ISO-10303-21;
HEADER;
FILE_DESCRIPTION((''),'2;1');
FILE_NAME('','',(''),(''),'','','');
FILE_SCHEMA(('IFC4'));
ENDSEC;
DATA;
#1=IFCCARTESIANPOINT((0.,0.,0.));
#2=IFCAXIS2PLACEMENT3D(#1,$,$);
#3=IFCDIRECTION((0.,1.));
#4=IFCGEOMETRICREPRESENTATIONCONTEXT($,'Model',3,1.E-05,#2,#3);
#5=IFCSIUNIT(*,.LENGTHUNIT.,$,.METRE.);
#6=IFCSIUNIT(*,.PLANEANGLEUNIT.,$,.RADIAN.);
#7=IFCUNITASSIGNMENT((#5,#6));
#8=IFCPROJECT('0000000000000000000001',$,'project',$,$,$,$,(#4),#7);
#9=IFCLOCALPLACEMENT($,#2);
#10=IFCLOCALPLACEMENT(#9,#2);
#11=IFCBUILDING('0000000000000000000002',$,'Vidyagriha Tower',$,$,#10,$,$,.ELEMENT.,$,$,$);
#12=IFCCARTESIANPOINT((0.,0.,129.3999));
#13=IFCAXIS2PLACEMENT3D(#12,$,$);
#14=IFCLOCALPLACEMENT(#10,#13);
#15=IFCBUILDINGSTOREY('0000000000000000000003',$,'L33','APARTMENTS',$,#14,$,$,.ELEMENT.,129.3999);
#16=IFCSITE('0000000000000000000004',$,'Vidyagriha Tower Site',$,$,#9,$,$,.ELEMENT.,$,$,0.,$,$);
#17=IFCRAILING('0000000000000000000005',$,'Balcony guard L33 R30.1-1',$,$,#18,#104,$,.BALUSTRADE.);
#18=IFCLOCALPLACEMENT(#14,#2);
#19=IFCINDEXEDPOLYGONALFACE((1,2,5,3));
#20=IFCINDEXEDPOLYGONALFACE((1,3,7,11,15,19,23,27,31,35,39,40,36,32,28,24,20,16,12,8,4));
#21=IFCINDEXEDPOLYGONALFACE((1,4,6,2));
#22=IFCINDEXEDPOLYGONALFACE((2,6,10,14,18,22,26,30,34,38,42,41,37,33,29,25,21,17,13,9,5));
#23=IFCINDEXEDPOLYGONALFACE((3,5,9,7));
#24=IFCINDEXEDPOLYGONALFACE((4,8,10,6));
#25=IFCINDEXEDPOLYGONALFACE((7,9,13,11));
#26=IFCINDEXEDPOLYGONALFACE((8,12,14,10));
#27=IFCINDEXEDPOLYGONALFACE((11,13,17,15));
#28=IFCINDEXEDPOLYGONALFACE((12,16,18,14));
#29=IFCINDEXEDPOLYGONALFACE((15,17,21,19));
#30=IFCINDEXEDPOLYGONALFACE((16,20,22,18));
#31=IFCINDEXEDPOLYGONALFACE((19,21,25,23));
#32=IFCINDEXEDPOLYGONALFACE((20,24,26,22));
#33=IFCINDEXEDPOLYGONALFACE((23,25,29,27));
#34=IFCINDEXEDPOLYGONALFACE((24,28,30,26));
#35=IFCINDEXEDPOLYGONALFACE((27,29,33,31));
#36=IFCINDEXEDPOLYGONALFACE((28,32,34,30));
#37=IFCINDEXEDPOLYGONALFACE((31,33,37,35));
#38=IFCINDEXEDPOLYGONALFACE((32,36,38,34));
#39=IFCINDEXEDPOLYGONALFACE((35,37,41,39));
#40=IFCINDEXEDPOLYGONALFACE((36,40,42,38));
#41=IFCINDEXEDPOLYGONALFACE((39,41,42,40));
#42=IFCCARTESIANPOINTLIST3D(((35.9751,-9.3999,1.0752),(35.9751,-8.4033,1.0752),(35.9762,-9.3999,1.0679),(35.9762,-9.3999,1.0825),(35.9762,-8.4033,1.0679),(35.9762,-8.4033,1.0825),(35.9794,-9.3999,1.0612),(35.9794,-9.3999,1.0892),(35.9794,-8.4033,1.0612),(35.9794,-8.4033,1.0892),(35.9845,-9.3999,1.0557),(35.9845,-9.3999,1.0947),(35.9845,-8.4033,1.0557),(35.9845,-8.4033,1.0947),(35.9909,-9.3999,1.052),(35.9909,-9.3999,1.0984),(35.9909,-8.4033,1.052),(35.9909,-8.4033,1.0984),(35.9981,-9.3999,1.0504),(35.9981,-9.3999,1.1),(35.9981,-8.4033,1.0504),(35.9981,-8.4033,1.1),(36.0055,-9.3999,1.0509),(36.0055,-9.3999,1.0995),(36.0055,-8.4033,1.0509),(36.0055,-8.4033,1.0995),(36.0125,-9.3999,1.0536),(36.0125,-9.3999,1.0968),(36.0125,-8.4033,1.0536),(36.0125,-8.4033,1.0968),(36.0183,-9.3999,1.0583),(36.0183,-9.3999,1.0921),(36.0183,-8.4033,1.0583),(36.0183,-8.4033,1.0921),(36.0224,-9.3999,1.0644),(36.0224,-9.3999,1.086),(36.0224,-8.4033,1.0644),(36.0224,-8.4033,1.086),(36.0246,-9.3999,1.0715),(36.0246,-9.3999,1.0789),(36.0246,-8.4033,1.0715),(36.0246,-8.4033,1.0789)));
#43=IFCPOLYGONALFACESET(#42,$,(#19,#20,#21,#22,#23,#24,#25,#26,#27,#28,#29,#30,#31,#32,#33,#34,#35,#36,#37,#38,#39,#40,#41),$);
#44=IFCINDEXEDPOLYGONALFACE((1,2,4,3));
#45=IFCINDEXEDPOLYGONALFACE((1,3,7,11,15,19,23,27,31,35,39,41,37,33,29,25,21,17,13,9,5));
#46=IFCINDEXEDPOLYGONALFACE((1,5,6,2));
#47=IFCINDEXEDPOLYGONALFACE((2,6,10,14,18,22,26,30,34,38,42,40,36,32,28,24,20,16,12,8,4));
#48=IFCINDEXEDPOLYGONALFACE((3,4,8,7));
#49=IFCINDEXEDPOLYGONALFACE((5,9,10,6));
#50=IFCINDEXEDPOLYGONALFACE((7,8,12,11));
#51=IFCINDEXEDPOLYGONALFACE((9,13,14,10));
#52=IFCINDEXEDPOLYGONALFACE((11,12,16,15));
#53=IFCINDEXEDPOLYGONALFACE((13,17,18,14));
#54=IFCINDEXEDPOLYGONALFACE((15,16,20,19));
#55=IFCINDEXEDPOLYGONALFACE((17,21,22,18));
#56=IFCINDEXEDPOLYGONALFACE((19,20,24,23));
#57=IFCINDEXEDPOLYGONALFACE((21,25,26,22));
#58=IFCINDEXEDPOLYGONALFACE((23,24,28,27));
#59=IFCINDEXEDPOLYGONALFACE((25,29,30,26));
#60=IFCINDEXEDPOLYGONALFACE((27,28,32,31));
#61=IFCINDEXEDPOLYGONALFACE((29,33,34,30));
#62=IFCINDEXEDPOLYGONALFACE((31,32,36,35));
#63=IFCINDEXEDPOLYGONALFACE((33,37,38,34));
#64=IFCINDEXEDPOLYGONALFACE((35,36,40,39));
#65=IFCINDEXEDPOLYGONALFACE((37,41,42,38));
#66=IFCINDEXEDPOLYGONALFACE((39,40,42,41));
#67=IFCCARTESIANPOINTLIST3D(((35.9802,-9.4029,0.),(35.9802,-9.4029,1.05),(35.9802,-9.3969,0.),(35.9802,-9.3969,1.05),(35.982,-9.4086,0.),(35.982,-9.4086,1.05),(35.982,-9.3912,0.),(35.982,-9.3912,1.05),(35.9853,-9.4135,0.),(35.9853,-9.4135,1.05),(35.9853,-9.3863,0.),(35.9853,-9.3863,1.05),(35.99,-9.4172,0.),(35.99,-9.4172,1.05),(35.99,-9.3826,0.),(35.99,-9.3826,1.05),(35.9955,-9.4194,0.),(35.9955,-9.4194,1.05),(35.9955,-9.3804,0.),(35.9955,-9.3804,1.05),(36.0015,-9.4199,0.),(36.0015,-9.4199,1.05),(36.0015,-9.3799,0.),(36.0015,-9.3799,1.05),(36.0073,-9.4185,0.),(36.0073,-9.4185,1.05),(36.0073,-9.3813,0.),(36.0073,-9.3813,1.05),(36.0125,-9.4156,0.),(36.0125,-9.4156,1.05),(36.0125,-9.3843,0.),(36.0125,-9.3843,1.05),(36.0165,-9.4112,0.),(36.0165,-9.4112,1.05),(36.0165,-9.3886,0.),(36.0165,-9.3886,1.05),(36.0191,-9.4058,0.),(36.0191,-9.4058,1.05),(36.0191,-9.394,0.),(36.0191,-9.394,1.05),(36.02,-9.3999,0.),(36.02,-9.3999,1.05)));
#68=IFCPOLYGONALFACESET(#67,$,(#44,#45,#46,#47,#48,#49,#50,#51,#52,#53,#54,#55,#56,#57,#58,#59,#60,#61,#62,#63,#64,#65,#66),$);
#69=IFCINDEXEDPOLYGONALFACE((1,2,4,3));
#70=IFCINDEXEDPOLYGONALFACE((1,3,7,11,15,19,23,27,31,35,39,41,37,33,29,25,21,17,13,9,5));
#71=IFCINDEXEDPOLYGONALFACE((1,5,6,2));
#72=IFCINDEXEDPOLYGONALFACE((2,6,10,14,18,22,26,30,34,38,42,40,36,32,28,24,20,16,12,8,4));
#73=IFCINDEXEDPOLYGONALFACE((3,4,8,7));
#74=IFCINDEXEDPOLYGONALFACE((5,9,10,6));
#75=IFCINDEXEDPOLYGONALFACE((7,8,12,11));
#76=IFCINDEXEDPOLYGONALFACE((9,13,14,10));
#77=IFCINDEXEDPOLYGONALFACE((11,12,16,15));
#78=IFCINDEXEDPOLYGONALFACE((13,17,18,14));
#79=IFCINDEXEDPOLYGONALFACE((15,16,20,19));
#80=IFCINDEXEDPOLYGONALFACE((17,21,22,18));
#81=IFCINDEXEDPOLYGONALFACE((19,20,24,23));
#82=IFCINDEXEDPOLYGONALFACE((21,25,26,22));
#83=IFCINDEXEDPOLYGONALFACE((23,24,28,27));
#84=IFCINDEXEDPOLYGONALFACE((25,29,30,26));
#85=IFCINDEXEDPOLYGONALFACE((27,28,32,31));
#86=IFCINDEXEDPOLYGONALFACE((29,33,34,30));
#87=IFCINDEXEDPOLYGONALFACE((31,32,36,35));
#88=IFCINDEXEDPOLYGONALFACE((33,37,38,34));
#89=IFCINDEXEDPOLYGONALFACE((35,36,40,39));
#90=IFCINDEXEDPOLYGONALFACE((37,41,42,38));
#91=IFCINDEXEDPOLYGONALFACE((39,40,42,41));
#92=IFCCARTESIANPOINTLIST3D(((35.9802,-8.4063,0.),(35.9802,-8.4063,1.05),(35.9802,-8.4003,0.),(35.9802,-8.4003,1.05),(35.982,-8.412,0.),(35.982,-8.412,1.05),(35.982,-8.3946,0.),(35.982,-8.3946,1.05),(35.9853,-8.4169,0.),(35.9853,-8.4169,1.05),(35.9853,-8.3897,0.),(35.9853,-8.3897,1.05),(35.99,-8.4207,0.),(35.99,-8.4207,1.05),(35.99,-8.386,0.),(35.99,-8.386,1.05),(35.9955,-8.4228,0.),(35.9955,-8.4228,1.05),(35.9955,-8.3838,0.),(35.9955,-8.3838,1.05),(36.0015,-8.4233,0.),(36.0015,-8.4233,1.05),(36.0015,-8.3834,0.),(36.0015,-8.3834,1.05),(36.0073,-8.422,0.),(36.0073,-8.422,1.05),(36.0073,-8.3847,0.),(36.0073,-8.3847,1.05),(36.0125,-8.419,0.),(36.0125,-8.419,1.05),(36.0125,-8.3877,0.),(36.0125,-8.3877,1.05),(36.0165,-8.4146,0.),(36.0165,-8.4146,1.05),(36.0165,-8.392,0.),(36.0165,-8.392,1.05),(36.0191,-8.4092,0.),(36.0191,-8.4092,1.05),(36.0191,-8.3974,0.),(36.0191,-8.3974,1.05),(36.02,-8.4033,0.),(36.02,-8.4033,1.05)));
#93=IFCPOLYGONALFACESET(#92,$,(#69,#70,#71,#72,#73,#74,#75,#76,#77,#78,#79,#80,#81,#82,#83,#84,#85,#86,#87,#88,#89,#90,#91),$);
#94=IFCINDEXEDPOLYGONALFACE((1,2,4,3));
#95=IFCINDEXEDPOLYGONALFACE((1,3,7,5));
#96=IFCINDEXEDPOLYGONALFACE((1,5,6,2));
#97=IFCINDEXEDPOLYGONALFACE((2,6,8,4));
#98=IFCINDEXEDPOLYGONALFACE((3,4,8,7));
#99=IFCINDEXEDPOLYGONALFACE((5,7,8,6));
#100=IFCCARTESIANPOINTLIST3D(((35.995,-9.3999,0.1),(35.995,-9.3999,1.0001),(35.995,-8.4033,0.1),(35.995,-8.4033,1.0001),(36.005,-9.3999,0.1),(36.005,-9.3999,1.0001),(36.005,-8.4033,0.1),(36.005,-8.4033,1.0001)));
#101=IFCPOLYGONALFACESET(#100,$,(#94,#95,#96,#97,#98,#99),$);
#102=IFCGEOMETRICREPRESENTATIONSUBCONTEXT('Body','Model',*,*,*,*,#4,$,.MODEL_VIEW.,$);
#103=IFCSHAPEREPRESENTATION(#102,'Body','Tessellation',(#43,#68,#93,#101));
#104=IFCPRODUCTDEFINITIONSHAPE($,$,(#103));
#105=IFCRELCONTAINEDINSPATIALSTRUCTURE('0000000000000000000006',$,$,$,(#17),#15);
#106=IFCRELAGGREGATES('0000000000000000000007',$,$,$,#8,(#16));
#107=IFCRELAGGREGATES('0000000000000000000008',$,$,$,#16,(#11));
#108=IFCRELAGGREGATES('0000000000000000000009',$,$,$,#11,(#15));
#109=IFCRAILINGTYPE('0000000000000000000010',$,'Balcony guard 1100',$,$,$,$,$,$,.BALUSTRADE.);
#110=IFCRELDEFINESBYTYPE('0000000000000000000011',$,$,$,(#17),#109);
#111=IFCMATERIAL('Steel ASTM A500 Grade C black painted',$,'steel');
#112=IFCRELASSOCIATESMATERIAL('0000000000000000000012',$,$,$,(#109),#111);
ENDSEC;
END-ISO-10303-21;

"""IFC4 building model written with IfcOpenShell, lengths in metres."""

from ifc_helpers import new_model, si_unit, direction, frame, origin, origin_2d, place, context, subcontext, project, spatial, rectangle, circle, extrude, material, type_object, element, save


model = new_model("IFC4")

# Units and contexts
model_context = context("Model", 3, precision=1e-05, world=origin(), true_north=direction((0.0, 1.0)))
body_context = subcontext(model_context, "Body", "Model", "MODEL_VIEW")
ifc_project = project(units=[si_unit("LENGTHUNIT", "METRE"), si_unit("PLANEANGLEUNIT", "RADIAN")], contexts=[model_context])

# Site, building, storey
site_placement = place(None, origin())
site = spatial("IfcSite", under=ifc_project, at=site_placement, Name="Vidyagriha Tower Site", CompositionType="ELEMENT", RefElevation=0.0)
building_placement = place(site_placement, origin())
building = spatial("IfcBuilding", under=site, at=building_placement, Name="Vidyagriha Tower", CompositionType="ELEMENT")
storey_placement = place(building_placement, frame((0.0, 0.0, 129.3999)))
storey = spatial("IfcBuildingStorey", under=building, at=storey_placement, Name="L33", Description="APARTMENTS", CompositionType="ELEMENT", Elevation=129.3999)

# Railing
ifc_material_1 = material(Name="Steel ASTM A500 Grade C black painted", Category="steel")
railing_type_1 = type_object("IfcRailingType", Name="Balcony guard 1100", PredefinedType="BALUSTRADE", material=ifc_material_1)
railing_1_placement = place(storey_placement, frame((36.0, -9.3999, 0.0)))
element("IfcRailing", 1, at=railing_1_placement, inside=storey, type_object=railing_type_1, Name="Balcony guard L33 R30.1-1", PredefinedType="BALUSTRADE", context=body_context, shape_type="SweptSolid", body=[
    extrude(circle(Radius=0.0249, at=origin_2d()), frame((0.0, 0.0, 1.0752), z_axis=(0.0, 1.0, 0.0), x_axis=(-1.0, 0.0, 0.0)), (0.0, 0.0, 1.0), 0.9966),
    extrude(circle(Radius=0.02, at=origin_2d()), origin(), (0.0, 0.0, 1.0), 1.05),
    extrude(circle(Radius=0.02, at=origin_2d()), frame((0.0, 0.9966, 0.0)), (0.0, 0.0, 1.0), 1.05),
    extrude(rectangle(XDim=0.01, YDim=0.9001, at=origin_2d()), frame((0.0, 0.0, 0.55), z_axis=(0.0, 1.0, 0.0), x_axis=(-1.0, 0.0, 0.0)), (0.0, 0.0, 1.0), 0.9966),
])

save(model, "model.ifc")
